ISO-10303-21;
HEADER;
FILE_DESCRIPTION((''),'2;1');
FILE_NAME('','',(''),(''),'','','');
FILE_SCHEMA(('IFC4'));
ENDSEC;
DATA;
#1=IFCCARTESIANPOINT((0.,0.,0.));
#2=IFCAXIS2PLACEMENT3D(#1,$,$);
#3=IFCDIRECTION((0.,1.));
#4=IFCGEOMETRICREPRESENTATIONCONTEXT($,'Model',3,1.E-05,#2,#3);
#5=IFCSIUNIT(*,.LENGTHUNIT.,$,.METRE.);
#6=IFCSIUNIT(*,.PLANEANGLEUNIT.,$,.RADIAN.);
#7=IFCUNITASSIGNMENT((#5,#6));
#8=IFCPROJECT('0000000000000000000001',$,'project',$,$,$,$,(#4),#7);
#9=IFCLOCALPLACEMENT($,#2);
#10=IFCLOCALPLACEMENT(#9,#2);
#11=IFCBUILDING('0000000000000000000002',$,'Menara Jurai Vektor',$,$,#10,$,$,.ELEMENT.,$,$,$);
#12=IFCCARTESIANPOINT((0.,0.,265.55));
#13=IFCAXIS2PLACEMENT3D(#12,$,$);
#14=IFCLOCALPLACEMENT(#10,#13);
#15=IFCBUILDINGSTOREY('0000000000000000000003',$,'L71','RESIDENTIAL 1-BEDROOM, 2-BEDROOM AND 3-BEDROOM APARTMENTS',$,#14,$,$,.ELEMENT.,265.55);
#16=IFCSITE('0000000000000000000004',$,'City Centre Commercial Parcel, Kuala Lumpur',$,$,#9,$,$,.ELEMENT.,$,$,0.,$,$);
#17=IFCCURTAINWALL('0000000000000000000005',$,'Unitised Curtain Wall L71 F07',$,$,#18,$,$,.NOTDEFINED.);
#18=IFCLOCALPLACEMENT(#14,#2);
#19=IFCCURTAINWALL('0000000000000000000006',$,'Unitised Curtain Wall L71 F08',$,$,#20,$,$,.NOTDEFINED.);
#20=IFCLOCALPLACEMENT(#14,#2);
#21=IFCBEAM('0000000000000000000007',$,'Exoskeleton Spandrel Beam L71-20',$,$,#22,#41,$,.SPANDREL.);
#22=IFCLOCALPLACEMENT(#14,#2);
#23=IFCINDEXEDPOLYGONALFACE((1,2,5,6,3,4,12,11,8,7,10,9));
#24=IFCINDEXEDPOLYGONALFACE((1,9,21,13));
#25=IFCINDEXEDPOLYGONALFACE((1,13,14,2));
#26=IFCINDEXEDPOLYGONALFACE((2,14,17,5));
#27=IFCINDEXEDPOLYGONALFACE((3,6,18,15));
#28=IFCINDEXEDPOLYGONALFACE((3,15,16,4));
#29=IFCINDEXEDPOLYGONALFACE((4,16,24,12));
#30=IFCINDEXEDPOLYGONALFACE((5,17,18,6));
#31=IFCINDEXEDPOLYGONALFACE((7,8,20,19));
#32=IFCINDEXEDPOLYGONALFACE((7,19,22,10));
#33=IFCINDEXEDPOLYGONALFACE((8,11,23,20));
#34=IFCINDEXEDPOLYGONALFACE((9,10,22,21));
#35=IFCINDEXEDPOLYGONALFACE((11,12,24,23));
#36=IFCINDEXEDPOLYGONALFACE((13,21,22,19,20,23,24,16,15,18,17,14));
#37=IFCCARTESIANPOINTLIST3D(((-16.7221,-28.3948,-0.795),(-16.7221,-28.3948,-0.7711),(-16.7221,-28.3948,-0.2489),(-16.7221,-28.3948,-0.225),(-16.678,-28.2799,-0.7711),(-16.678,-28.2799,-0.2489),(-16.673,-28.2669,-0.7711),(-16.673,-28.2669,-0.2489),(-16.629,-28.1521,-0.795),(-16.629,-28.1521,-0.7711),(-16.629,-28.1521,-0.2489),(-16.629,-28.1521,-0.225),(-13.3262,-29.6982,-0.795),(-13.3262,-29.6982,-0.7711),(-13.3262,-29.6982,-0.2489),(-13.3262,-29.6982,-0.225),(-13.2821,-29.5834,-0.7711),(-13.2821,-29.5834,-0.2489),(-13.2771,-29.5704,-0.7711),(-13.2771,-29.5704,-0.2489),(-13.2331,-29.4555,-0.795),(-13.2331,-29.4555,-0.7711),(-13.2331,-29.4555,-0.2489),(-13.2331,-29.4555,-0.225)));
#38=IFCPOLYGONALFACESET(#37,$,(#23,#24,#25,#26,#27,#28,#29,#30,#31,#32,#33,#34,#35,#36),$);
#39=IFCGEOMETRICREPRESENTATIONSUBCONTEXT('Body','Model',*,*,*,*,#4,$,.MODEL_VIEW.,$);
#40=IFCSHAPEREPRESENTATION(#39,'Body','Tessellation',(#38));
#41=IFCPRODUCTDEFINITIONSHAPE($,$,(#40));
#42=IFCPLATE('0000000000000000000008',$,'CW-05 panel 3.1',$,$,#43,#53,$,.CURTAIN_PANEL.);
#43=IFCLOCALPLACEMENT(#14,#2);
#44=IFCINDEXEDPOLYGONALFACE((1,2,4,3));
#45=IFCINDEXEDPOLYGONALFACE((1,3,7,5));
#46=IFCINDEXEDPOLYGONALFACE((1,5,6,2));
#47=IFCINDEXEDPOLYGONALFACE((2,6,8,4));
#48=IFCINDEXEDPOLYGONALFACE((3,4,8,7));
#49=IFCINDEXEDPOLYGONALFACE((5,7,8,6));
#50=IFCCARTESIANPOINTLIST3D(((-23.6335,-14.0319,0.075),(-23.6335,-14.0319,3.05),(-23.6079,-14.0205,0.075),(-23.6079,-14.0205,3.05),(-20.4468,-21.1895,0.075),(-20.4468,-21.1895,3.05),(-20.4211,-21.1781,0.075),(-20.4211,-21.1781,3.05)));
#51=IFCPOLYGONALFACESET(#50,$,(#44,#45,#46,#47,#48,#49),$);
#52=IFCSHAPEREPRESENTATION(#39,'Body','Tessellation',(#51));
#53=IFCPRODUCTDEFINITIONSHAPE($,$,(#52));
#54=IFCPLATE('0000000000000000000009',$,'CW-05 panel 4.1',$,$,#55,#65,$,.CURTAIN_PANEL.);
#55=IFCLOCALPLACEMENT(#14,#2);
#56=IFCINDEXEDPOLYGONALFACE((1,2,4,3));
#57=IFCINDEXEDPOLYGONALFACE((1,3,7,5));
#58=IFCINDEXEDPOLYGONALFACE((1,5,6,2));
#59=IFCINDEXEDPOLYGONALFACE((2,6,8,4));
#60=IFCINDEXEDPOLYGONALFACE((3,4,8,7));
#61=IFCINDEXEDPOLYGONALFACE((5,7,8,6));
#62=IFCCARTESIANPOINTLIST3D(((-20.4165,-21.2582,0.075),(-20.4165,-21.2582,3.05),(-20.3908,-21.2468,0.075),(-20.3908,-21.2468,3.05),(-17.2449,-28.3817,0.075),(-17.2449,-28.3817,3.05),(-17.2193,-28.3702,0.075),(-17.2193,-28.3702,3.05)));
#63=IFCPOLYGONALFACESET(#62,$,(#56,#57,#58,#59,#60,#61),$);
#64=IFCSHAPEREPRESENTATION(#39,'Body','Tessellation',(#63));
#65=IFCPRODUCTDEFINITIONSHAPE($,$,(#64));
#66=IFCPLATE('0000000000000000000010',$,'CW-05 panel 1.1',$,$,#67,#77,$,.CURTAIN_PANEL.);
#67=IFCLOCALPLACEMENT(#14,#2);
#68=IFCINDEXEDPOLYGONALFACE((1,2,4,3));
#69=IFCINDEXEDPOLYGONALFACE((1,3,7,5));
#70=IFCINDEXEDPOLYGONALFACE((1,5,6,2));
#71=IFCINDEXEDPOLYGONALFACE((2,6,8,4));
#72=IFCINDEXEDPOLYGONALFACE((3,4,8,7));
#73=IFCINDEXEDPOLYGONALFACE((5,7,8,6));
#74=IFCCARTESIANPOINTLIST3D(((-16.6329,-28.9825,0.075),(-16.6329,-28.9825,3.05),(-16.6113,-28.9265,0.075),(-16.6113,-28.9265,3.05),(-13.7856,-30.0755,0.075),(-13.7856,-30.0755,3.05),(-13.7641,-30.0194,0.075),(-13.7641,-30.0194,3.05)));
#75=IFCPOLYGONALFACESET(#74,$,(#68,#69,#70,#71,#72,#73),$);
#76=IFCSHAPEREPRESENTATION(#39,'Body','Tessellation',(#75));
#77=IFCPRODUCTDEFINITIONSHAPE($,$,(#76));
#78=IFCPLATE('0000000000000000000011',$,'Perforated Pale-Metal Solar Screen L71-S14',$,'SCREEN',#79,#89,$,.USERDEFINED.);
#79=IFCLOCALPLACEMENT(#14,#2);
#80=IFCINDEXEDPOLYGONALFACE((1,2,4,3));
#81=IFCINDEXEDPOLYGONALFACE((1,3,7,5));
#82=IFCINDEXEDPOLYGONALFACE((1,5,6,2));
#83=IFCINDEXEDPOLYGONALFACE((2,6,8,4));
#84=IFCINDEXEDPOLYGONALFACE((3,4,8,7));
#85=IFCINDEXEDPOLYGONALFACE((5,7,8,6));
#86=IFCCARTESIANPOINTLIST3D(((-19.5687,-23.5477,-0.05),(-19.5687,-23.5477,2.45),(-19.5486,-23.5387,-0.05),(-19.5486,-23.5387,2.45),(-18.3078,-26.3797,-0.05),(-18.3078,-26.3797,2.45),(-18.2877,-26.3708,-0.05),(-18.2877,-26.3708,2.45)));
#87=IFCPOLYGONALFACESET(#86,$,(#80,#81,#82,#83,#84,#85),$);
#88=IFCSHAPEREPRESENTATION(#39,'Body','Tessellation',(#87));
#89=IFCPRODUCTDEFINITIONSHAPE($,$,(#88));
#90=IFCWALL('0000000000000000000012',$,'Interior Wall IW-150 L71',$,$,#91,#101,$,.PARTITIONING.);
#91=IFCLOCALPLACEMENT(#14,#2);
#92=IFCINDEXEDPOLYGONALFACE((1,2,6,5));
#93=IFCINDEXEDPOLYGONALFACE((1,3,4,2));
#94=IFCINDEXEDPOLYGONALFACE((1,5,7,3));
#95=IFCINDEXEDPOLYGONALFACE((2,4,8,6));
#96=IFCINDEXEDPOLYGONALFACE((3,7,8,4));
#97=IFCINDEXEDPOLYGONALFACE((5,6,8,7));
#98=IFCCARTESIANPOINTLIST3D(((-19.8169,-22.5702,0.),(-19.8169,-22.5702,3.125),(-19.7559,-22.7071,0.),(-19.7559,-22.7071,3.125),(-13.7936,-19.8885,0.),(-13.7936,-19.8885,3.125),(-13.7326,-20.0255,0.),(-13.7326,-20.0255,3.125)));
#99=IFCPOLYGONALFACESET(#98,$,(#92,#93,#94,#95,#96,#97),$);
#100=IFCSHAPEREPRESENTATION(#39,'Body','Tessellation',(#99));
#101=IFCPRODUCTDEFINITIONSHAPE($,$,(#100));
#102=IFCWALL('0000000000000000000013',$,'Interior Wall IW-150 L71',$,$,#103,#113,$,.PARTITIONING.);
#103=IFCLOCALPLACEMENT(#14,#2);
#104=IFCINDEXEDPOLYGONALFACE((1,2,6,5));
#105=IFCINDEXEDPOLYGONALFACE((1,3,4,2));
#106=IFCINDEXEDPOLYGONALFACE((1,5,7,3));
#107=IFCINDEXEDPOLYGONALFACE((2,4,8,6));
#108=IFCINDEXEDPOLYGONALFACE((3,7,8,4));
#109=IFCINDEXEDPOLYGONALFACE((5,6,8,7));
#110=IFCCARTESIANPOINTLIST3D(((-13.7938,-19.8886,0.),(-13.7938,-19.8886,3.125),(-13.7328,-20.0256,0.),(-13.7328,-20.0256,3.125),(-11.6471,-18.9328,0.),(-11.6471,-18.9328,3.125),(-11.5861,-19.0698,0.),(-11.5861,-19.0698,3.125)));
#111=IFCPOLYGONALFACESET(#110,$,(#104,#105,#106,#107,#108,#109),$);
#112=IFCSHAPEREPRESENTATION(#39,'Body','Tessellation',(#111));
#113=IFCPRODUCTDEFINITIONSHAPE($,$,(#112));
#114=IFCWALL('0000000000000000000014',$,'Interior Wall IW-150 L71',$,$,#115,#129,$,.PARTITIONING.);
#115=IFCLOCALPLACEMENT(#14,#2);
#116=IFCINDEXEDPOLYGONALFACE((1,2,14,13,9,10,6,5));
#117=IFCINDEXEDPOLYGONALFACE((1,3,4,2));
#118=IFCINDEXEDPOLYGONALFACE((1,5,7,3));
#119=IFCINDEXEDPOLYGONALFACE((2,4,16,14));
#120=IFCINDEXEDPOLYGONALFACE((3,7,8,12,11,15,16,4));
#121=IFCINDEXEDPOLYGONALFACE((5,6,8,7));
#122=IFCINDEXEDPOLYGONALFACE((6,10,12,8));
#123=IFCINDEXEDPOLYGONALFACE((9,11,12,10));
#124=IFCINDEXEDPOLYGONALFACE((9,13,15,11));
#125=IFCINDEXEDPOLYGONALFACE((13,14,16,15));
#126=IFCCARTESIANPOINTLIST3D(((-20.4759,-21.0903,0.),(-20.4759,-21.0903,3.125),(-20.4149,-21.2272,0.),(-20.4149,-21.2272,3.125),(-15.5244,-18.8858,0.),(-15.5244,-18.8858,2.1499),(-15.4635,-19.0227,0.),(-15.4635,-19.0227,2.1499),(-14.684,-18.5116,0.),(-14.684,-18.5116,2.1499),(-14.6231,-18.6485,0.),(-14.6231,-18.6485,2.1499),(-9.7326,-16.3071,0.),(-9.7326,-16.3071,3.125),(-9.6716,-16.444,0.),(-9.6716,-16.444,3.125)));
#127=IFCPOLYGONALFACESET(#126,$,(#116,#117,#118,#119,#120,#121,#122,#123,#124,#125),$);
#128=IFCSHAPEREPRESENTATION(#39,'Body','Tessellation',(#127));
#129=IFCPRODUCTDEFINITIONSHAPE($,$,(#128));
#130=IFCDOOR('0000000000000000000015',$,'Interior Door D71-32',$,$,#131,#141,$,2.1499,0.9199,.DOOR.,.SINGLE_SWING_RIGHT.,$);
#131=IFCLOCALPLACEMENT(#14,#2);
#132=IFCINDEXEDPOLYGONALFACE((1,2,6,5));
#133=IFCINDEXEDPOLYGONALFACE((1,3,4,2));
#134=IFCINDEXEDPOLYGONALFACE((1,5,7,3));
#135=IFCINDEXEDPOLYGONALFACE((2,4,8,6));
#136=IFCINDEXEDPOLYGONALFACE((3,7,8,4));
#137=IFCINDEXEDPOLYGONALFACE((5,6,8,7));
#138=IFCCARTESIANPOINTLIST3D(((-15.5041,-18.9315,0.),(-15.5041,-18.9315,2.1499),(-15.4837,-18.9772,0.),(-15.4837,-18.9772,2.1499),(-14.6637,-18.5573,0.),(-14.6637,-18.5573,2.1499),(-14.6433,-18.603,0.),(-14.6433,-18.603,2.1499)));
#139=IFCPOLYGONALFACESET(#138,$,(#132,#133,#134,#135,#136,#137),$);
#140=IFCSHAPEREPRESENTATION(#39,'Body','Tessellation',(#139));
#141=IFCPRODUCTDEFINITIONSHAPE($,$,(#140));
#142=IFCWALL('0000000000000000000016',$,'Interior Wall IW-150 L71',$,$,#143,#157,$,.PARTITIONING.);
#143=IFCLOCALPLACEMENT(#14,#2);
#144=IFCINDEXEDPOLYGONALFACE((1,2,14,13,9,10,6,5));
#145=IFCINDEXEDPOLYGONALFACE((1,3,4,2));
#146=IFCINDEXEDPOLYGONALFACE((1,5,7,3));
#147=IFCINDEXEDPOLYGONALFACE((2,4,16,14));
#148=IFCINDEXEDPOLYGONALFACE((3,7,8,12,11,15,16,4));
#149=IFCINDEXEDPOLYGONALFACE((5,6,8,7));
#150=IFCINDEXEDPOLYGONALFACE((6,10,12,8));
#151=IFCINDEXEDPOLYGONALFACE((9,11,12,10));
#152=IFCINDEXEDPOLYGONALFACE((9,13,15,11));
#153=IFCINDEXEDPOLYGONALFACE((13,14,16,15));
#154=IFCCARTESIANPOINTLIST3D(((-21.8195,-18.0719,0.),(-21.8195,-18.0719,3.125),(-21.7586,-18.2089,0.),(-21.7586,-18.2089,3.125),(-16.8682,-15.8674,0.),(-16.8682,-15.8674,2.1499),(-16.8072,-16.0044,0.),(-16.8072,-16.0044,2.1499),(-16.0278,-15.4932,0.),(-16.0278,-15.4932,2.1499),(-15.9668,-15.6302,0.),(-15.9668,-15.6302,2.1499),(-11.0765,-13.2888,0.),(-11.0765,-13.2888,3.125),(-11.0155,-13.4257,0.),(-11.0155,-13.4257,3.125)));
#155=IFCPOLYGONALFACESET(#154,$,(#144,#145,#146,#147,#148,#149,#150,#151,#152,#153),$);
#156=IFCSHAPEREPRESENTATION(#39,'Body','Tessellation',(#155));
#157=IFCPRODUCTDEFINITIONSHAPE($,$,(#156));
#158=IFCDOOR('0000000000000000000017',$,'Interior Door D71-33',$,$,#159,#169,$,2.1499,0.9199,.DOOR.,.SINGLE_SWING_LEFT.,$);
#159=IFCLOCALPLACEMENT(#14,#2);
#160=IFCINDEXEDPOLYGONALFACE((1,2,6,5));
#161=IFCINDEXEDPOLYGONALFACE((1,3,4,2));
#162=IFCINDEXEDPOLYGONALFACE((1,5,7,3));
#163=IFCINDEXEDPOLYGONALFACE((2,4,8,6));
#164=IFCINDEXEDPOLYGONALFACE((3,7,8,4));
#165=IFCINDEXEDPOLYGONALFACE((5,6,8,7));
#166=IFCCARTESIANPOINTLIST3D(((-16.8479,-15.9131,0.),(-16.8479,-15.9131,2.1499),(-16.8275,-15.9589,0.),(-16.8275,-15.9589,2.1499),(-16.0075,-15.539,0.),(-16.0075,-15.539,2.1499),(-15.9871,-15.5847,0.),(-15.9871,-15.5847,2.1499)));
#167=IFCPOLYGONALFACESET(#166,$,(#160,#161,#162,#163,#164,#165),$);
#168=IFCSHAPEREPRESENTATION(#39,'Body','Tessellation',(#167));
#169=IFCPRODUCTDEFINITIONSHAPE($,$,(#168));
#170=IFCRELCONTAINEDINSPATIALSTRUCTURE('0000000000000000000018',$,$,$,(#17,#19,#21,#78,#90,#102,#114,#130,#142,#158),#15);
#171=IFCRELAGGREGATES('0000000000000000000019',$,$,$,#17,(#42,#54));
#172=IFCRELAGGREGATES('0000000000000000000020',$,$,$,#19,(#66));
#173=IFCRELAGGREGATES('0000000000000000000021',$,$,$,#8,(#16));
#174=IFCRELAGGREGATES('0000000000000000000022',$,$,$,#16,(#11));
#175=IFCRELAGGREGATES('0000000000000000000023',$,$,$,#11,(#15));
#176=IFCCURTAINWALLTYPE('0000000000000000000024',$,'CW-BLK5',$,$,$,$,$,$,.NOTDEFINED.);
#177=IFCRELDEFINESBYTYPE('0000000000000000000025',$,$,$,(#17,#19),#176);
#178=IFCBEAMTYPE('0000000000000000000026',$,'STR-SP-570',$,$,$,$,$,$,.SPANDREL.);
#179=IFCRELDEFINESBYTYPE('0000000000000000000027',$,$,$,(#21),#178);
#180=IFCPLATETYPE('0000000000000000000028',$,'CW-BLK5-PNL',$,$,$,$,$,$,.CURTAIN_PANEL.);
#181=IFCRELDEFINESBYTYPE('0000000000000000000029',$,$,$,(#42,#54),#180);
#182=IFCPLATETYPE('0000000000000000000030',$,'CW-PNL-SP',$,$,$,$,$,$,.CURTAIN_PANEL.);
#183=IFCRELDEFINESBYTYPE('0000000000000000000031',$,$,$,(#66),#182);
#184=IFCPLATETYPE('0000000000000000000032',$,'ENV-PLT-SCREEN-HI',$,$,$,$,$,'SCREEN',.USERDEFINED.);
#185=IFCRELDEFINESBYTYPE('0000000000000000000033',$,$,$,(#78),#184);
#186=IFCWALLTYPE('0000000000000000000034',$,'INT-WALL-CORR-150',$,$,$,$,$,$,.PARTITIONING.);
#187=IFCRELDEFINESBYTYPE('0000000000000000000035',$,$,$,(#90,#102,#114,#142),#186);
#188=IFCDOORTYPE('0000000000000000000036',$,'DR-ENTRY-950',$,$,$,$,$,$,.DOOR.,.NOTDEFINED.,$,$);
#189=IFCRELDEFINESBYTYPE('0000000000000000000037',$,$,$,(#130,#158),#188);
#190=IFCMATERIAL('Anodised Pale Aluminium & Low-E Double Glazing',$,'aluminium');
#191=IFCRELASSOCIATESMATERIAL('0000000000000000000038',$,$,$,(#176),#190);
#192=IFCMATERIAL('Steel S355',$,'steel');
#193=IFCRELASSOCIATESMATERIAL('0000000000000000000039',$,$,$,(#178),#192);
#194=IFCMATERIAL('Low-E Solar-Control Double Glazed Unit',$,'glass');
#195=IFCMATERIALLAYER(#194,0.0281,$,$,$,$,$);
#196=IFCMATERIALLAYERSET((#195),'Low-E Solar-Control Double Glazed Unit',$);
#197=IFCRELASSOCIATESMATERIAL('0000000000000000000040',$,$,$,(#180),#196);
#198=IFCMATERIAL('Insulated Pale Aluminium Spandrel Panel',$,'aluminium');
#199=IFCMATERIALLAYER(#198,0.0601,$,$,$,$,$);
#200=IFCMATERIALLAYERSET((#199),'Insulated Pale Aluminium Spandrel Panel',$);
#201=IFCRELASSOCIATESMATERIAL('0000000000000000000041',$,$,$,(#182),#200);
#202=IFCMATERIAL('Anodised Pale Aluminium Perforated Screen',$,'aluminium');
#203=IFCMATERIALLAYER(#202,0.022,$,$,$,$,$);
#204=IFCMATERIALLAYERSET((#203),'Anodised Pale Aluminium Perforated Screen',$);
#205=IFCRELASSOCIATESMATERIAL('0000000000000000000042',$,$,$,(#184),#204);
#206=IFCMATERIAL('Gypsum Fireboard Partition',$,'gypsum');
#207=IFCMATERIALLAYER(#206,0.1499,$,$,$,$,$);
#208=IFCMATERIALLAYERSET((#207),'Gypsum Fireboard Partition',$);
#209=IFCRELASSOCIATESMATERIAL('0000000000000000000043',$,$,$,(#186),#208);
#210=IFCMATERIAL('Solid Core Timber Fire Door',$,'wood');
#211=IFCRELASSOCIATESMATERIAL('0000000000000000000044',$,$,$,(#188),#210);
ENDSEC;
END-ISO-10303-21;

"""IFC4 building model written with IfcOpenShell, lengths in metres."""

from ifc_helpers import new_model, si_unit, direction, frame, frame_2d, origin, origin_2d, place, context, subcontext, project, spatial, rectangle, i_section, extrude, material, layer, layer_set, material_profile, profile_set, type_object, element, fill, aggregate, save


model = new_model("IFC4")

# Units and contexts
model_context = context("Model", 3, precision=1e-05, world=origin(), true_north=direction((0.0, 1.0)))
body_context = subcontext(model_context, "Body", "Model", "MODEL_VIEW")
ifc_project = project(units=[si_unit("LENGTHUNIT", "METRE"), si_unit("PLANEANGLEUNIT", "RADIAN")], contexts=[model_context])

# Site, building, storey
site_placement = place(None, origin())
site = spatial("IfcSite", under=ifc_project, at=site_placement, Name="City Centre Commercial Parcel, Kuala Lumpur", CompositionType="ELEMENT", RefElevation=0.0)
building_placement = place(site_placement, origin())
building = spatial("IfcBuilding", under=site, at=building_placement, Name="Menara Jurai Vektor", CompositionType="ELEMENT")
storey_placement = place(building_placement, frame((0.0, 0.0, 265.55)))
storey = spatial("IfcBuildingStorey", under=building, at=storey_placement, Name="L71", Description="RESIDENTIAL 1-BEDROOM, 2-BEDROOM AND 3-BEDROOM APARTMENTS", CompositionType="ELEMENT", Elevation=265.55)

# Curtain walls
ifc_material_1 = material(Name="Anodised Pale Aluminium & Low-E Double Glazing", Category="aluminium")
curtain_wall_type = type_object("IfcCurtainWallType", Name="CW-BLK5", PredefinedType="NOTDEFINED", material=ifc_material_1)
curtain_wall_1_placement = place(storey_placement, origin())
curtain_wall_1 = element("IfcCurtainWall", 1, at=curtain_wall_1_placement, inside=storey, type_object=curtain_wall_type, Name="Unitised Curtain Wall L71 F07", PredefinedType="NOTDEFINED")
curtain_wall_2_placement = place(storey_placement, origin())
curtain_wall_2 = element("IfcCurtainWall", 2, at=curtain_wall_2_placement, inside=storey, type_object=curtain_wall_type, Name="Unitised Curtain Wall L71 F08", PredefinedType="NOTDEFINED")

# Beam
ifc_material_2 = material(Name="Steel S355", Category="steel")
ifc_material_profile_1 = material_profile(ifc_material_2, i_section(OverallWidth=0.26, OverallDepth=0.5701, WebThickness=0.0139, FlangeThickness=0.0239, at=origin_2d()), Name="PG 570x260x145")
ifc_profile_set_1 = profile_set([ifc_material_profile_1], Name="Steel S355")
beam_type_1 = type_object("IfcBeamType", Name="STR-SP-570", PredefinedType="SPANDREL", material=ifc_profile_set_1)
beam_1_placement = place(storey_placement, frame((-16.6755, -28.2734, -0.51), z_axis=(0.933593, -0.358336, 0.0), x_axis=(0.358336, 0.933593, 0.0)))
element("IfcBeam", 3, at=beam_1_placement, inside=storey, type_object=beam_type_1, Name="Exoskeleton Spandrel Beam L71-20", PredefinedType="SPANDREL", context=body_context, shape_type="SweptSolid", body=[
    extrude(i_section(OverallWidth=0.26, OverallDepth=0.5701, WebThickness=0.0139, FlangeThickness=0.0239, at=origin_2d()), origin(), (0.0, 0.0, 1.0), 3.6375),
])

# Plates
ifc_material_3 = material(Name="Low-E Solar-Control Double Glazed Unit", Category="glass")
ifc_layer_1 = layer(ifc_material_3, 0.0281)
ifc_layer_set_1 = layer_set([ifc_layer_1], Name="Low-E Solar-Control Double Glazed Unit")
plate_type_1 = type_object("IfcPlateType", Name="CW-BLK5-PNL", PredefinedType="CURTAIN_PANEL", material=ifc_layer_set_1)
plate_1_placement = place(storey_placement, frame((-22.0273, -17.605, 0.075), z_axis=(0.0, 0.0, 1.0), x_axis=(0.406735, -0.913546, 0.0)))
plate_1 = element("IfcPlate", 4, at=plate_1_placement, type_object=plate_type_1, Name="CW-05 panel 3.1", PredefinedType="CURTAIN_PANEL", context=body_context, shape_type="SweptSolid", body=[
    extrude(rectangle(XDim=7.835, YDim=0.0281, at=origin_2d()), origin(), (0.0, 0.0, 1.0), 2.9751),
])
plate_2_placement = place(storey_placement, frame((-18.8179, -24.8142, 0.075), z_axis=(0.0, 0.0, 1.0), x_axis=(0.406735, -0.913546, 0.0)))
plate_2 = element("IfcPlate", 5, at=plate_2_placement, type_object=plate_type_1, Name="CW-05 panel 4.1", PredefinedType="CURTAIN_PANEL", context=body_context, shape_type="SweptSolid", body=[
    extrude(rectangle(XDim=7.7976, YDim=0.0281, at=origin_2d()), origin(), (0.0, 0.0, 1.0), 2.9751),
])
aggregate(curtain_wall_1, [plate_1, plate_2])
ifc_material_4 = material(Name="Insulated Pale Aluminium Spandrel Panel", Category="aluminium")
ifc_layer_2 = layer(ifc_material_4, 0.0601)
ifc_layer_set_2 = layer_set([ifc_layer_2], Name="Insulated Pale Aluminium Spandrel Panel")
plate_type_2 = type_object("IfcPlateType", Name="CW-PNL-SP", PredefinedType="CURTAIN_PANEL", material=ifc_layer_set_2)
plate_3_placement = place(storey_placement, frame((-15.1985, -29.501, 0.075), z_axis=(0.0, 0.0, 1.0), x_axis=(0.933578, -0.358374, 0.0)))
plate_3 = element("IfcPlate", 6, at=plate_3_placement, type_object=plate_type_2, Name="CW-05 panel 1.1", PredefinedType="CURTAIN_PANEL", context=body_context, shape_type="SweptSolid", body=[
    extrude(rectangle(XDim=3.0498, YDim=0.0601, at=origin_2d()), origin(), (0.0, 0.0, 1.0), 2.9751),
])
aggregate(curtain_wall_2, [plate_3])
ifc_material_5 = material(Name="Anodised Pale Aluminium Perforated Screen", Category="aluminium")
ifc_layer_3 = layer(ifc_material_5, 0.022)
ifc_layer_set_3 = layer_set([ifc_layer_3], Name="Anodised Pale Aluminium Perforated Screen")
plate_type_3 = type_object("IfcPlateType", Name="ENV-PLT-SCREEN-HI", ElementType="SCREEN", PredefinedType="USERDEFINED", material=ifc_layer_set_3)
plate_4_placement = place(storey_placement, frame((-18.9282, -24.9592, -0.05), z_axis=(0.0, 0.0, 1.0), x_axis=(0.406737, -0.913545, 0.0)))
element("IfcPlate", 7, at=plate_4_placement, inside=storey, type_object=plate_type_3, Name="Perforated Pale-Metal Solar Screen L71-S14", ObjectType="SCREEN", PredefinedType="USERDEFINED", context=body_context, shape_type="SweptSolid", body=[
    extrude(rectangle(XDim=3.1001, YDim=0.022, at=origin_2d()), origin(), (0.0, 0.0, 1.0), 2.5),
])

# Walls
ifc_material_6 = material(Name="Gypsum Fireboard Partition", Category="gypsum")
ifc_layer_4 = layer(ifc_material_6, 0.1499)
ifc_layer_set_4 = layer_set([ifc_layer_4], Name="Gypsum Fireboard Partition")
wall_type = type_object("IfcWallType", Name="INT-WALL-CORR-150", PredefinedType="PARTITIONING", material=ifc_layer_set_4)
wall_1_placement = place(storey_placement, frame((-19.7864, -22.6387, 0.0), z_axis=(0.0, 0.0, 1.0), x_axis=(0.913549, 0.406729, 0.0)))
element("IfcWall", 8, at=wall_1_placement, inside=storey, type_object=wall_type, Name="Interior Wall IW-150 L71", PredefinedType="PARTITIONING", context=body_context, shape_type="SweptSolid", body=[
    extrude(rectangle(XDim=6.5933, YDim=0.1499, at=frame_2d((3.2966, 0.0))), origin(), (0.0, 0.0, 1.0), 3.125),
])
wall_2_placement = place(storey_placement, frame((-13.7632, -19.957, 0.0), z_axis=(0.0, 0.0, 1.0), x_axis=(0.913541, 0.406746, 0.0)))
element("IfcWall", 9, at=wall_2_placement, inside=storey, type_object=wall_type, Name="Interior Wall IW-150 L71", PredefinedType="PARTITIONING", context=body_context, shape_type="SweptSolid", body=[
    extrude(rectangle(XDim=2.3499, YDim=0.1499, at=frame_2d((1.1748, 0.0))), origin(), (0.0, 0.0, 1.0), 3.125),
])

# Walls, openings, doors
wall_3_placement = place(storey_placement, frame((-20.4453, -21.1587, 0.0), z_axis=(0.0, 0.0, 1.0), x_axis=(0.913548, 0.406732, 0.0)))
wall_3 = element("IfcWall", 10, at=wall_3_placement, inside=storey, type_object=wall_type, Name="Interior Wall IW-150 L71", PredefinedType="PARTITIONING", context=body_context, shape_type="SweptSolid", body=[
    extrude(rectangle(XDim=11.76, YDim=0.1499, at=frame_2d((5.8799, 0.0))), origin(), (0.0, 0.0, 1.0), 3.125),
])
opening_1_placement = place(wall_3_placement, frame((5.4199, 0.0, 0.0)))
opening_1 = element("IfcOpeningElement", 11, at=opening_1_placement, cuts=wall_3, PredefinedType="OPENING", context=body_context, shape_type="SweptSolid", body=[
    extrude(rectangle(XDim=0.9199, YDim=2.1499, at=frame_2d((0.46, 1.075))), frame((0.0, 0.085, 0.0), z_axis=(0.0, -1.0, 0.0), x_axis=(1.0, 0.0, 0.0)), (0.0, 0.0, 1.0), 0.1699),
])
ifc_material_7 = material(Name="Solid Core Timber Fire Door", Category="wood")
door_type = type_object("IfcDoorType", Name="DR-ENTRY-950", OperationType="NOTDEFINED", PredefinedType="DOOR", material=ifc_material_7)
door_1_placement = place(opening_1_placement, origin())
door_1 = element("IfcDoor", 12, at=door_1_placement, inside=storey, type_object=door_type, Name="Interior Door D71-32", OperationType="SINGLE_SWING_RIGHT", OverallHeight=2.1499, OverallWidth=0.9199, PredefinedType="DOOR", context=body_context, shape_type="SweptSolid", body=[
    extrude(rectangle(XDim=0.9199, YDim=2.1499, at=frame_2d((0.46, 1.075))), frame((0.0, 0.0249, 0.0), z_axis=(0.0, -1.0, 0.0), x_axis=(1.0, 0.0, 0.0)), (0.0, 0.0, 1.0), 0.05),
])
fill(opening_1, door_1)
wall_4_placement = place(storey_placement, frame((-21.7891, -18.1404, 0.0), z_axis=(0.0, 0.0, 1.0), x_axis=(0.913544, 0.406739, 0.0)))
wall_4 = element("IfcWall", 13, at=wall_4_placement, inside=storey, type_object=wall_type, Name="Interior Wall IW-150 L71", PredefinedType="PARTITIONING", context=body_context, shape_type="SweptSolid", body=[
    extrude(rectangle(XDim=11.7598, YDim=0.1499, at=frame_2d((5.8799, 0.0))), origin(), (0.0, 0.0, 1.0), 3.125),
])
opening_2_placement = place(wall_4_placement, frame((5.4199, 0.0, 0.0)))
opening_2 = element("IfcOpeningElement", 14, at=opening_2_placement, cuts=wall_4, PredefinedType="OPENING", context=body_context, shape_type="SweptSolid", body=[
    extrude(rectangle(XDim=0.9199, YDim=2.1499, at=frame_2d((0.46, 1.075))), frame((0.0, 0.085, 0.0), z_axis=(0.0, -1.0, 0.0), x_axis=(1.0, 0.0, 0.0)), (0.0, 0.0, 1.0), 0.1699),
])
door_2_placement = place(opening_2_placement, origin())
door_2 = element("IfcDoor", 15, at=door_2_placement, inside=storey, type_object=door_type, Name="Interior Door D71-33", OperationType="SINGLE_SWING_LEFT", OverallHeight=2.1499, OverallWidth=0.9199, PredefinedType="DOOR", context=body_context, shape_type="SweptSolid", body=[
    extrude(rectangle(XDim=0.9199, YDim=2.1499, at=frame_2d((0.46, 1.075))), frame((0.0, 0.0249, 0.0), z_axis=(0.0, -1.0, 0.0), x_axis=(1.0, 0.0, 0.0)), (0.0, 0.0, 1.0), 0.05),
])
fill(opening_2, door_2)

save(model, "model.ifc")
